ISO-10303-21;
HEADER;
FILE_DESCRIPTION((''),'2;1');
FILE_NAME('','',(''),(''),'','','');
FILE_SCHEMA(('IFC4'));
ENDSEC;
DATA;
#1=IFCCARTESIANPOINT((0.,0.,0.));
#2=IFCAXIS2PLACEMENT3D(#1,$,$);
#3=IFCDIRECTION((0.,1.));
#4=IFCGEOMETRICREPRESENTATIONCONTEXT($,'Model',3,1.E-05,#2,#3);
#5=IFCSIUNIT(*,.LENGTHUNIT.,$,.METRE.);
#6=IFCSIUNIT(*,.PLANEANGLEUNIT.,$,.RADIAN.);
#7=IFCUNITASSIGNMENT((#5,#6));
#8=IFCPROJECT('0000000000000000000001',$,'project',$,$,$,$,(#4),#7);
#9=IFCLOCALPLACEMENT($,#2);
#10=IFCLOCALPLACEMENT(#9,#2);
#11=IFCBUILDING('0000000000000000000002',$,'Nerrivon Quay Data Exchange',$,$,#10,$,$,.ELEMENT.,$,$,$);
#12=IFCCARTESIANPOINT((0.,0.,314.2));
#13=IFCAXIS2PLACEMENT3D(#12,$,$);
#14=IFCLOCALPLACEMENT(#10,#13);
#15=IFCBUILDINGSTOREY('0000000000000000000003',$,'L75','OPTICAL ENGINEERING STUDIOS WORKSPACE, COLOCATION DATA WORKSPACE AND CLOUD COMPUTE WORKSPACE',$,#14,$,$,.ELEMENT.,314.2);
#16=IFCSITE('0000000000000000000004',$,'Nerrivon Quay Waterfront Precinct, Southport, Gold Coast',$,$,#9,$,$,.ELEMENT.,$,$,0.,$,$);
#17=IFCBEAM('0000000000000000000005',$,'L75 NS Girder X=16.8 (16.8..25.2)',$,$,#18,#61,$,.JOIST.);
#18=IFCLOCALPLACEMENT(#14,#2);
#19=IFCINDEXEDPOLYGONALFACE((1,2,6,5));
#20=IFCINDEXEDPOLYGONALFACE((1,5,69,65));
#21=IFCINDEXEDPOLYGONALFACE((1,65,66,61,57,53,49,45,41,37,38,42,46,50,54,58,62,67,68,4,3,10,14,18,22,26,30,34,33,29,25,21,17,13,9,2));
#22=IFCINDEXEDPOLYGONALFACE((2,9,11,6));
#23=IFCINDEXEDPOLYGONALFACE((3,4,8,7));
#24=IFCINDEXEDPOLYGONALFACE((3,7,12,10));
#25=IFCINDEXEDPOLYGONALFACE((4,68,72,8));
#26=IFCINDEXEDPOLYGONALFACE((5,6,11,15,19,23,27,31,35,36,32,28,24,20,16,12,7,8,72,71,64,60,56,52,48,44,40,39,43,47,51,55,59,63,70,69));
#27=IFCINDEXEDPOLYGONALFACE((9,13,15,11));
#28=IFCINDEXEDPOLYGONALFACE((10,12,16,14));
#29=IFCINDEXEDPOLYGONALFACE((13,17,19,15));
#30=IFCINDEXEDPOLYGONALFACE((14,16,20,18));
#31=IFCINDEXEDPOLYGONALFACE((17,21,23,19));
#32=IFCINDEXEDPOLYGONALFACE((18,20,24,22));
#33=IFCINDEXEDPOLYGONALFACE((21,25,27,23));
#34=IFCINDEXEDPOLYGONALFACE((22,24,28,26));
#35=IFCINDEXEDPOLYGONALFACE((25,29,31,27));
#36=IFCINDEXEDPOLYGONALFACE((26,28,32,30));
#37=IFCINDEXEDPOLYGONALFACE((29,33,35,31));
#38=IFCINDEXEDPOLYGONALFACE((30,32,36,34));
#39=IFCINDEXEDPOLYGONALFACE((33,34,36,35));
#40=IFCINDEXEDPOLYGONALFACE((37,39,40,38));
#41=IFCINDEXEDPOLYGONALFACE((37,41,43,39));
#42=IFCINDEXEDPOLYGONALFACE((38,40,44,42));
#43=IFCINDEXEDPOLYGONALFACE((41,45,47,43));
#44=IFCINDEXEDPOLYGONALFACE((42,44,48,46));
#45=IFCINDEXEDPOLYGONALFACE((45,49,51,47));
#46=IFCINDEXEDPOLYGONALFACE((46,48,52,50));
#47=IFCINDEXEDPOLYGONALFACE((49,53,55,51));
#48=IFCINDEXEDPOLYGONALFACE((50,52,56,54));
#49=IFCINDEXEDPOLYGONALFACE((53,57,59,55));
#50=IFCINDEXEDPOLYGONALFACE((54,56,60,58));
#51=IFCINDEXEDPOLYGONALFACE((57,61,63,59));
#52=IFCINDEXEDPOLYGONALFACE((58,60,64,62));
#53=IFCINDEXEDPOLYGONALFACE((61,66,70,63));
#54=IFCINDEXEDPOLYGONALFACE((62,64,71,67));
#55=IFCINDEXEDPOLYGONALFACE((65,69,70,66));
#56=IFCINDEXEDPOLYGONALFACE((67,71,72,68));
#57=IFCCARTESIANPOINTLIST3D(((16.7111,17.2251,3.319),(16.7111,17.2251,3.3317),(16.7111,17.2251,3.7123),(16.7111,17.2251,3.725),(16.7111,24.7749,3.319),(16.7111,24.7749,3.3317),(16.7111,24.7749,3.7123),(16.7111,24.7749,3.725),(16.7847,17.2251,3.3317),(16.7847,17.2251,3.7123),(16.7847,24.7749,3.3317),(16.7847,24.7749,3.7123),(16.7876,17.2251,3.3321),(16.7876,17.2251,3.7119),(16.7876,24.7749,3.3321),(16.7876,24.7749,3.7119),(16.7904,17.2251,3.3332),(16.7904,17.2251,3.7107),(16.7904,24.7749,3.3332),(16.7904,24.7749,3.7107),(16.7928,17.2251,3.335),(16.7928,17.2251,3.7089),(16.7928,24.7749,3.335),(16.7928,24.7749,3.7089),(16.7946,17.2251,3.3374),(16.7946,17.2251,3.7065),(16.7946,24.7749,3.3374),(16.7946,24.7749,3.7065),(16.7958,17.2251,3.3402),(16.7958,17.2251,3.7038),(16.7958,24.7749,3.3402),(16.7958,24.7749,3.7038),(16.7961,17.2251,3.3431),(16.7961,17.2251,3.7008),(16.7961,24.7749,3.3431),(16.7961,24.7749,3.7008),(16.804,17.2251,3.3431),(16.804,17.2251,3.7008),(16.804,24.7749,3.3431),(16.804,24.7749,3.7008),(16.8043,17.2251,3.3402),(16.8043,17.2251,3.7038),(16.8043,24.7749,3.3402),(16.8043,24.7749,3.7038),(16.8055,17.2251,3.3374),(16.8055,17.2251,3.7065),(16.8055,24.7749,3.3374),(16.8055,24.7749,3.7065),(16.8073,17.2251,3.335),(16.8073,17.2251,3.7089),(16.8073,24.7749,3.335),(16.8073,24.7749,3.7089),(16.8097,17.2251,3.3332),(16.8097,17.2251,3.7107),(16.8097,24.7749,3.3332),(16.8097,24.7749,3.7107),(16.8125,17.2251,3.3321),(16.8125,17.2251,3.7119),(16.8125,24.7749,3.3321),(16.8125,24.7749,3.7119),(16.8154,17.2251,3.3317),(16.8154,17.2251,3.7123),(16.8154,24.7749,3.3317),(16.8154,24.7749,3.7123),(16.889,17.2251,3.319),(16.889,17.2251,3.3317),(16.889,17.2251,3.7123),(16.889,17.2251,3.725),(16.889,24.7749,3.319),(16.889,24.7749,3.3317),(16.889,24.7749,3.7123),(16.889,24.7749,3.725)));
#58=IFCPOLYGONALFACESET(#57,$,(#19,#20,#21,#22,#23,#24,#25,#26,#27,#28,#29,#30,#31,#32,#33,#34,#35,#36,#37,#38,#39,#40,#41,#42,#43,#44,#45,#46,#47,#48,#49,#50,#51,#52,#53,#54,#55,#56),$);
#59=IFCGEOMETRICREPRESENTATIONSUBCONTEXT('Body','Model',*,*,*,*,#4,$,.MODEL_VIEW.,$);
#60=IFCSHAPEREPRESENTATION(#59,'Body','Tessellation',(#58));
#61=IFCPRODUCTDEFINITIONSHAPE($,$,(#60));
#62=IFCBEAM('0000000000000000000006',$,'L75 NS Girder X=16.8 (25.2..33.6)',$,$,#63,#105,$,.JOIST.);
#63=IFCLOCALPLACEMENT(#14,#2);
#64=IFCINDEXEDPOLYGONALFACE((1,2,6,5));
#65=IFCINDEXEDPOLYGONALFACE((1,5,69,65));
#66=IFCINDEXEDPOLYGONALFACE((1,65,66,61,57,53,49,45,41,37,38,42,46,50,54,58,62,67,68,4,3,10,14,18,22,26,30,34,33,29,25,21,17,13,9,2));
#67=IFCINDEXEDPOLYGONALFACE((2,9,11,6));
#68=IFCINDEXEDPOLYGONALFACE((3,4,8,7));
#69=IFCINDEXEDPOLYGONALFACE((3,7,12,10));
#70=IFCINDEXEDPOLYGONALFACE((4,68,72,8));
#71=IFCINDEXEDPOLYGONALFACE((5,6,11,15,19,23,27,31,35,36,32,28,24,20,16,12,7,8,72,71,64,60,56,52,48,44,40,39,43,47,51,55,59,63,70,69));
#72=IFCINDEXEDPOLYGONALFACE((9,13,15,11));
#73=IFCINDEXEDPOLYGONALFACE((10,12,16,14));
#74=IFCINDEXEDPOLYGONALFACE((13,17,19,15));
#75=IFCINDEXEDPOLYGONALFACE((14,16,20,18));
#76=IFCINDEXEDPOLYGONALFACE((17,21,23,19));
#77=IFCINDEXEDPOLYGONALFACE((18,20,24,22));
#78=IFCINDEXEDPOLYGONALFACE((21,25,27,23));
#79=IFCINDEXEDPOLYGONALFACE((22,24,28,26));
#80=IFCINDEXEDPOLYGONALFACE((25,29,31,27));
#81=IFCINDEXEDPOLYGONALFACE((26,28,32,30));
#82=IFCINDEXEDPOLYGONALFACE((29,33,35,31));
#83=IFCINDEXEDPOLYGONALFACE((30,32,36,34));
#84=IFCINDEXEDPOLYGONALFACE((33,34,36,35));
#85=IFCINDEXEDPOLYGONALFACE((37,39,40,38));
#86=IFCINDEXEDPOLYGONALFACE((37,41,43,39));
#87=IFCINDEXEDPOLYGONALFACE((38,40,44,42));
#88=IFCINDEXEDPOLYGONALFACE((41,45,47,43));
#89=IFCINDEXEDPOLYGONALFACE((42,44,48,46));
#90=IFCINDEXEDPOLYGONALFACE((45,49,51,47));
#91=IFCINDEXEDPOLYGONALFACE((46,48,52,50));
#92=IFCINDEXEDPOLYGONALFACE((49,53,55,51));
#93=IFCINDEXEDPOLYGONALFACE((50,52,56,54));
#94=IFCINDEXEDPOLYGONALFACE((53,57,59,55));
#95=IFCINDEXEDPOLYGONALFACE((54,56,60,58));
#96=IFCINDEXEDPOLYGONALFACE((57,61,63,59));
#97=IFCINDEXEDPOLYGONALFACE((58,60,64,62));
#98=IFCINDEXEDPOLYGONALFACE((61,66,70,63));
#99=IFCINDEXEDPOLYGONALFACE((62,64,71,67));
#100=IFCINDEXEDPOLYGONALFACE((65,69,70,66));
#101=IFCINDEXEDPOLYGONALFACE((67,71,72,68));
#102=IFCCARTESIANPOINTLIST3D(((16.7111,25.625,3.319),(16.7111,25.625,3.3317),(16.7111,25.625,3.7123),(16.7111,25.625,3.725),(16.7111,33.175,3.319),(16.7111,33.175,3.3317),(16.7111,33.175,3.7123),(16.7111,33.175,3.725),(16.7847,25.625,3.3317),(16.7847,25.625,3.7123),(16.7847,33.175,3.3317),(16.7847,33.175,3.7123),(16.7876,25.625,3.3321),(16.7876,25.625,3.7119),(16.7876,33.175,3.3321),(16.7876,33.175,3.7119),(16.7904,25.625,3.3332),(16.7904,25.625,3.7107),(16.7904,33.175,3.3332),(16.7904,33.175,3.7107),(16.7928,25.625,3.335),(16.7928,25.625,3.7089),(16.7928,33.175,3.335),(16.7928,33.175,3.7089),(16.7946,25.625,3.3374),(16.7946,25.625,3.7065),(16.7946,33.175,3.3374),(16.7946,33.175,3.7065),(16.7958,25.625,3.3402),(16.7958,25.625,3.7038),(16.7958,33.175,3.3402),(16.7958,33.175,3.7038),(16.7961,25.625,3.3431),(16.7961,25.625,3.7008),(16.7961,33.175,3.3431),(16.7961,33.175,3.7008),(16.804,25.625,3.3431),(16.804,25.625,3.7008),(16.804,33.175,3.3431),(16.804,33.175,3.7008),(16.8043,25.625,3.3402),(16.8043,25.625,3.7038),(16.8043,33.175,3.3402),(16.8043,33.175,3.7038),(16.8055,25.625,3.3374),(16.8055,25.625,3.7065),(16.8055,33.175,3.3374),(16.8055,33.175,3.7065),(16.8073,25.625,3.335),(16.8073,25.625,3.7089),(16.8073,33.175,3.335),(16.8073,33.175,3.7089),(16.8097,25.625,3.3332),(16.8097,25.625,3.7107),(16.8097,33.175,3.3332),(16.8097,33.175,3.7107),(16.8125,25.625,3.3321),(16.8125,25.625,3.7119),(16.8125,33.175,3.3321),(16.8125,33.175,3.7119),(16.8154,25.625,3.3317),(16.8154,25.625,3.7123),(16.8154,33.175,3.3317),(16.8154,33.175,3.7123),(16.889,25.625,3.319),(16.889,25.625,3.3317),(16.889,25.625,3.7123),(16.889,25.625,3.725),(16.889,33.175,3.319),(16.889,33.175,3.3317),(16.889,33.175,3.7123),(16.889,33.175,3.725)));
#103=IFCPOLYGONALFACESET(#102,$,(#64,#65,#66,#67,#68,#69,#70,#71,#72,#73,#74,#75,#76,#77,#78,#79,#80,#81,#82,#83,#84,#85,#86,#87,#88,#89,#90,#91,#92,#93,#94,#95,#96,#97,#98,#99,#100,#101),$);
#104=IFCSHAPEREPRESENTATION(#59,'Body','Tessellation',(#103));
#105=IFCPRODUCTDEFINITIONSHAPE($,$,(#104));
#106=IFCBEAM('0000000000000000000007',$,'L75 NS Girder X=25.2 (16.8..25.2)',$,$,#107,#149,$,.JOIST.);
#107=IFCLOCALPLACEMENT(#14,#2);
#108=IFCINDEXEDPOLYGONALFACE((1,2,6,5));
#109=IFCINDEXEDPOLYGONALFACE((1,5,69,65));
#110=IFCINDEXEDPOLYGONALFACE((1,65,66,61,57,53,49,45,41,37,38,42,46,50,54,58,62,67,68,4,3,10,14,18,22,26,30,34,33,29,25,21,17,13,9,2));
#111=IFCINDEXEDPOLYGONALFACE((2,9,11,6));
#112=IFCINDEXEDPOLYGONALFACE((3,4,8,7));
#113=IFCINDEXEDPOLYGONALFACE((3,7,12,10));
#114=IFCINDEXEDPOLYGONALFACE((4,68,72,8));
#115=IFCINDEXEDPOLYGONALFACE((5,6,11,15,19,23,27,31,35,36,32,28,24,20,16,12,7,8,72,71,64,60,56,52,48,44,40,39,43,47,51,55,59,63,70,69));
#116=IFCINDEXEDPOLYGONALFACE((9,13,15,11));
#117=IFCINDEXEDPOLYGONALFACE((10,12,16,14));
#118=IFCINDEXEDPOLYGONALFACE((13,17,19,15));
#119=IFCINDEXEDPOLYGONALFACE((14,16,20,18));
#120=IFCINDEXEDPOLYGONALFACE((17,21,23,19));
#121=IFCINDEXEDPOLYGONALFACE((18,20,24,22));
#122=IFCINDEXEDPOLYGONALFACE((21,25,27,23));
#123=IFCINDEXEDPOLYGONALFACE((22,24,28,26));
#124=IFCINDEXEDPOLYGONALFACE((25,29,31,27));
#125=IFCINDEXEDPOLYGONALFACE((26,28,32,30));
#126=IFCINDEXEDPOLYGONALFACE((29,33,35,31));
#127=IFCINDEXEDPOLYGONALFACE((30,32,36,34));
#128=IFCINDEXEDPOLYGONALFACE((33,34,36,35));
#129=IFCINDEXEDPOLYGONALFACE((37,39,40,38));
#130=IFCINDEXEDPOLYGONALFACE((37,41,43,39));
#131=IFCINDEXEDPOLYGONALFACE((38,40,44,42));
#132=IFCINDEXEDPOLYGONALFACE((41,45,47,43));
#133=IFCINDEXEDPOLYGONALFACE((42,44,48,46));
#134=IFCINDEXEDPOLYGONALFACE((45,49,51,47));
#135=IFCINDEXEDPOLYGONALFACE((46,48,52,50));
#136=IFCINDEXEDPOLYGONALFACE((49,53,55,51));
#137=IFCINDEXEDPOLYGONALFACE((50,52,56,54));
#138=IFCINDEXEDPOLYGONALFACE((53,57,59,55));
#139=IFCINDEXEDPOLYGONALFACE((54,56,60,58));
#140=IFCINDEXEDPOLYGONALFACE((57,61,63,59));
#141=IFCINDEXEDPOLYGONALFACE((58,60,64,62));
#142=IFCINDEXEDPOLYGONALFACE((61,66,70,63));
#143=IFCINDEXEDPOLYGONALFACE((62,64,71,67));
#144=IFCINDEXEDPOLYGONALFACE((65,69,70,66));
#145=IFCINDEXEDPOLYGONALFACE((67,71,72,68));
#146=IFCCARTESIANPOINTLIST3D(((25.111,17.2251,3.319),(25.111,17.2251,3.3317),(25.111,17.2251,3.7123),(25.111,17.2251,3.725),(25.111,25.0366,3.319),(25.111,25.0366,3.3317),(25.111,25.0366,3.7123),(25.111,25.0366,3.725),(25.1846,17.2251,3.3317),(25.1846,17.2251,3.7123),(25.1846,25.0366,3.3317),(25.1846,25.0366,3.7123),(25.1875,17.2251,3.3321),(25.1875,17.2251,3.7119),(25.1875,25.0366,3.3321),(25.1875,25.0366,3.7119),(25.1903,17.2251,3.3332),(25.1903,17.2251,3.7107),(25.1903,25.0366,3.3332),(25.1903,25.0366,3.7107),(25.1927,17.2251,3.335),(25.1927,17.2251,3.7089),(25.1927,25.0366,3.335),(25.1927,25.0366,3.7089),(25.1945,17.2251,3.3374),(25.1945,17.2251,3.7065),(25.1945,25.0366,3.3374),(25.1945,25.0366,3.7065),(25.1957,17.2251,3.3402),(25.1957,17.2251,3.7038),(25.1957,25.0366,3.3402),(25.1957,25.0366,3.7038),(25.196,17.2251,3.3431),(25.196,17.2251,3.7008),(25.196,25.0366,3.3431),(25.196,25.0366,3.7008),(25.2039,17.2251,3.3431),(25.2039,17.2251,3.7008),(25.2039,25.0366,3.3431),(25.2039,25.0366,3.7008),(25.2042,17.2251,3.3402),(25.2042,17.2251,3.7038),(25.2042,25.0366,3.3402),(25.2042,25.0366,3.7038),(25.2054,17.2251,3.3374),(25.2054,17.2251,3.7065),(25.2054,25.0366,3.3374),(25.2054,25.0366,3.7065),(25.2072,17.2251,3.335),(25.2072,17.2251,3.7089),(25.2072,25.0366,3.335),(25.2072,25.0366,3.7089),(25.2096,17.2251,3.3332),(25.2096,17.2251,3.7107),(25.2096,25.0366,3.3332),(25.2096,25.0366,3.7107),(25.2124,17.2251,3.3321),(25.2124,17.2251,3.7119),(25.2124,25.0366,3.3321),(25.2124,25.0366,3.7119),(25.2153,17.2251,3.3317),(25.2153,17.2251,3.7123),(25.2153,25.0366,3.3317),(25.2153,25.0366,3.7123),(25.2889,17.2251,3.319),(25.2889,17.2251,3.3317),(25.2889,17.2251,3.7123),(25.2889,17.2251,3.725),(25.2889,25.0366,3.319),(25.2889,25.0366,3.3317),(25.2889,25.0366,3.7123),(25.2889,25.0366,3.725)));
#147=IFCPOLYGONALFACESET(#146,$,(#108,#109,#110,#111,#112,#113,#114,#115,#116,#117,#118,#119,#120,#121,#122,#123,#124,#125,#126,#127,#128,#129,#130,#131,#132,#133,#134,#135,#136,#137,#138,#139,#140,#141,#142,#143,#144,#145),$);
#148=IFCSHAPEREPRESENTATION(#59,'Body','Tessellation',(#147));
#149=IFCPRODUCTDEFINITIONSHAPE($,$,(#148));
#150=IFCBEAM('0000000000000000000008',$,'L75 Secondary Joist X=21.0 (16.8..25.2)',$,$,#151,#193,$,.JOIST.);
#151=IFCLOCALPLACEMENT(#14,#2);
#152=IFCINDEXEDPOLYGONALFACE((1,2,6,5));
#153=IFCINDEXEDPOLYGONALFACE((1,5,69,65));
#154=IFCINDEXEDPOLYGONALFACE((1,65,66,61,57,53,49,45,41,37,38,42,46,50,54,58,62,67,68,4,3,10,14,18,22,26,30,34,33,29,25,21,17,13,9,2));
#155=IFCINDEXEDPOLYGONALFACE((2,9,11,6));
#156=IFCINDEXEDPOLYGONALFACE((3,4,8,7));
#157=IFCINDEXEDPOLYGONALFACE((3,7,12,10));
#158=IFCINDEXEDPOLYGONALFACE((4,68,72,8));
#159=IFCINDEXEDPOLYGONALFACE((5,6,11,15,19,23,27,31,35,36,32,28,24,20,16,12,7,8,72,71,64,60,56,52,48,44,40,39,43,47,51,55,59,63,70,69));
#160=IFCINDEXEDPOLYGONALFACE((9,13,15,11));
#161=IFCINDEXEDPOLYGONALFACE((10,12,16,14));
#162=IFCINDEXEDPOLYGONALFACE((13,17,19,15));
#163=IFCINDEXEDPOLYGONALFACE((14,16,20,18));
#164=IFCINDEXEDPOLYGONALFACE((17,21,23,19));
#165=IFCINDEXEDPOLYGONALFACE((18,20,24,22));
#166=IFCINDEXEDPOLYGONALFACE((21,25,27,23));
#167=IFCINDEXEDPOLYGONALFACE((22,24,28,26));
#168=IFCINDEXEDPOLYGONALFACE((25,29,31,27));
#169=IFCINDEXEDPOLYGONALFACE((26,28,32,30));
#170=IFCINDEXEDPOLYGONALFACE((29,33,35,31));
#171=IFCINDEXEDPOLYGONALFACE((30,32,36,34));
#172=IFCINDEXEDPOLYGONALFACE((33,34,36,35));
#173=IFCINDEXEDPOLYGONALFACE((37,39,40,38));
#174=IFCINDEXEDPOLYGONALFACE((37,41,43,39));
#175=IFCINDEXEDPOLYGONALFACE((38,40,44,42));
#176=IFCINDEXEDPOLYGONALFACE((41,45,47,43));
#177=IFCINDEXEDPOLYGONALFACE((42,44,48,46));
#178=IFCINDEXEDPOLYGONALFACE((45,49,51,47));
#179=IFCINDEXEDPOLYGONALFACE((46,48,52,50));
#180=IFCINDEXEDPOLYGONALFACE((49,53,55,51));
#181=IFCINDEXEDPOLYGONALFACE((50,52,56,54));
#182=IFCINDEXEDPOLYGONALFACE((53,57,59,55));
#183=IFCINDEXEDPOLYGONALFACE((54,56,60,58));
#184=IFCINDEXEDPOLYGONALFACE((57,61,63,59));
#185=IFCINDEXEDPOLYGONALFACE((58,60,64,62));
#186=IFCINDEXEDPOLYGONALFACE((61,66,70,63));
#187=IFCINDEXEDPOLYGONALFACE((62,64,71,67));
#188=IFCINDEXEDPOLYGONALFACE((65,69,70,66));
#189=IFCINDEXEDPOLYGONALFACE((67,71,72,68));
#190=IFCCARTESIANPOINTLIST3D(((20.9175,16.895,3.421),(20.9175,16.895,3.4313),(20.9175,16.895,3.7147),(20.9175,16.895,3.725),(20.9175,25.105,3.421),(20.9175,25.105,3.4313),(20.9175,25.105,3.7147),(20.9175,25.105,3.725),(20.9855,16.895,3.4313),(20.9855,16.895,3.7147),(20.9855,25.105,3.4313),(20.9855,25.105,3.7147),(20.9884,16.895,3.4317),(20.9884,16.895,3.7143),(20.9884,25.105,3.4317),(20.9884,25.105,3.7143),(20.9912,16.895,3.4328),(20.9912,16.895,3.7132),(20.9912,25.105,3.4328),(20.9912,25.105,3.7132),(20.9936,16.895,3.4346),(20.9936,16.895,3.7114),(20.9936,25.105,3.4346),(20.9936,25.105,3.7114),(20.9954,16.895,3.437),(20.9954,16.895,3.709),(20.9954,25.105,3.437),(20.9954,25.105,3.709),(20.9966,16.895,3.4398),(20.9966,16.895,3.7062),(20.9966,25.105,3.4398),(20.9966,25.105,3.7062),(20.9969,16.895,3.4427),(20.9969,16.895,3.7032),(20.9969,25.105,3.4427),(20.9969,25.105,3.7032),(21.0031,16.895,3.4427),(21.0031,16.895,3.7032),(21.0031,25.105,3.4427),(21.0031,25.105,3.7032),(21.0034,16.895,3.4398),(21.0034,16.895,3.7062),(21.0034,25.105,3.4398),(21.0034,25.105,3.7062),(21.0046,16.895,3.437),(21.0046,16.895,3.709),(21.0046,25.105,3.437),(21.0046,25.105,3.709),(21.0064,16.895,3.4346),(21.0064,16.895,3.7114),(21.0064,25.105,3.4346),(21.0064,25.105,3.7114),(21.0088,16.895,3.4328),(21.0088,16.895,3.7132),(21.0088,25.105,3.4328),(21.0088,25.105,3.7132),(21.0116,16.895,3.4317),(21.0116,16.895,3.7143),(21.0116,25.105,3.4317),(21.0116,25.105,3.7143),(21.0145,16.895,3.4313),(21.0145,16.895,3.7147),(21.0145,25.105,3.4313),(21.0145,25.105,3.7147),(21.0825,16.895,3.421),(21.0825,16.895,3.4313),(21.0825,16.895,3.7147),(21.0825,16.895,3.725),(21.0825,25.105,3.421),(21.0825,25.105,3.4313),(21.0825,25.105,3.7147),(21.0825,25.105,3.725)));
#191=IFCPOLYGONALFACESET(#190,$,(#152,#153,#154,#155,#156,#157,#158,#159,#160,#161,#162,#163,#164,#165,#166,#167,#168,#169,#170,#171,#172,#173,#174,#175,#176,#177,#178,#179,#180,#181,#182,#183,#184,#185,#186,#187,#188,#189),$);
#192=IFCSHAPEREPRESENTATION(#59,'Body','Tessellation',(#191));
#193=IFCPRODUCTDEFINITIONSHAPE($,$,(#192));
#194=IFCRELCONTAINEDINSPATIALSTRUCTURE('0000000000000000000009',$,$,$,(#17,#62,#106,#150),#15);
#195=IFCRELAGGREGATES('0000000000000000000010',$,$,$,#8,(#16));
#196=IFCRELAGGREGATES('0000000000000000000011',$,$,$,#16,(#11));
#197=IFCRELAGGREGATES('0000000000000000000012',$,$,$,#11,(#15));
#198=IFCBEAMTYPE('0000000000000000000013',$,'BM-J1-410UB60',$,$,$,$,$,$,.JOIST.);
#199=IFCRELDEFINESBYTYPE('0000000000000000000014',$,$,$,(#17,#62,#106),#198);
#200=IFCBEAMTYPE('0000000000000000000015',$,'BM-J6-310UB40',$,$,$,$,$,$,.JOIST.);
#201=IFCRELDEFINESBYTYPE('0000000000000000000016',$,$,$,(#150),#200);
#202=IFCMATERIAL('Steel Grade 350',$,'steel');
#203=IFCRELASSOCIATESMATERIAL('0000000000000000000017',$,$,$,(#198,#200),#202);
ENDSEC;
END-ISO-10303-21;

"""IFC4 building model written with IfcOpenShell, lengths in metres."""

from ifc_helpers import new_model, si_unit, direction, frame, origin, origin_2d, place, context, subcontext, project, spatial, i_section, extrude, material, material_profile, profile_set, type_object, element, save


model = new_model("IFC4")

# Units and contexts
model_context = context("Model", 3, precision=1e-05, world=origin(), true_north=direction((0.0, 1.0)))
body_context = subcontext(model_context, "Body", "Model", "MODEL_VIEW")
ifc_project = project(units=[si_unit("LENGTHUNIT", "METRE"), si_unit("PLANEANGLEUNIT", "RADIAN")], contexts=[model_context])

# Site, building, storey
site_placement = place(None, origin())
site = spatial("IfcSite", under=ifc_project, at=site_placement, Name="Nerrivon Quay Waterfront Precinct, Southport, Gold Coast", CompositionType="ELEMENT", RefElevation=0.0)
building_placement = place(site_placement, origin())
building = spatial("IfcBuilding", under=site, at=building_placement, Name="Nerrivon Quay Data Exchange", CompositionType="ELEMENT")
storey_placement = place(building_placement, frame((0.0, 0.0, 314.2)))
storey = spatial("IfcBuildingStorey", under=building, at=storey_placement, Name="L75", Description="OPTICAL ENGINEERING STUDIOS WORKSPACE, COLOCATION DATA WORKSPACE AND CLOUD COMPUTE WORKSPACE", CompositionType="ELEMENT", Elevation=314.2)

# Shared definitions
ifc_material_1 = material(Name="Steel Grade 350", Category="steel")

# Beams
ifc_material_profile_1 = material_profile(ifc_material_1, i_section(OverallWidth=0.178, OverallDepth=0.406, WebThickness=0.0078, FlangeThickness=0.0127, FilletRadius=0.0115, at=origin_2d()), Name="410UB59.7")
ifc_profile_set_1 = profile_set([ifc_material_profile_1], Name="Steel Grade 350")
beam_type_1 = type_object("IfcBeamType", Name="BM-J1-410UB60", PredefinedType="JOIST", material=ifc_profile_set_1)
beam_1_placement = place(storey_placement, frame((16.8, 17.2251, 3.522), z_axis=(0.0, 1.0, 0.0), x_axis=(-1.0, 0.0, 0.0)))
element("IfcBeam", 1, at=beam_1_placement, inside=storey, type_object=beam_type_1, Name="L75 NS Girder X=16.8 (16.8..25.2)", PredefinedType="JOIST", context=body_context, shape_type="SweptSolid", body=[
    extrude(i_section(OverallWidth=0.178, OverallDepth=0.406, WebThickness=0.0078, FlangeThickness=0.0127, FilletRadius=0.0115, at=origin_2d()), origin(), (0.0, 0.0, 1.0), 7.5498),
])
beam_2_placement = place(storey_placement, frame((16.8, 25.625, 3.522), z_axis=(0.0, 1.0, 0.0), x_axis=(-1.0, 0.0, 0.0)))
element("IfcBeam", 2, at=beam_2_placement, inside=storey, type_object=beam_type_1, Name="L75 NS Girder X=16.8 (25.2..33.6)", PredefinedType="JOIST", context=body_context, shape_type="SweptSolid", body=[
    extrude(i_section(OverallWidth=0.178, OverallDepth=0.406, WebThickness=0.0078, FlangeThickness=0.0127, FilletRadius=0.0115, at=origin_2d()), origin(), (0.0, 0.0, 1.0), 7.55),
])
beam_3_placement = place(storey_placement, frame((25.2, 17.2251, 3.522), z_axis=(0.0, 1.0, 0.0), x_axis=(-1.0, 0.0, 0.0)))
element("IfcBeam", 3, at=beam_3_placement, inside=storey, type_object=beam_type_1, Name="L75 NS Girder X=25.2 (16.8..25.2)", PredefinedType="JOIST", context=body_context, shape_type="SweptSolid", body=[
    extrude(i_section(OverallWidth=0.178, OverallDepth=0.406, WebThickness=0.0078, FlangeThickness=0.0127, FilletRadius=0.0115, at=origin_2d()), origin(), (0.0, 0.0, 1.0), 7.8115),
])
ifc_material_profile_2 = material_profile(ifc_material_1, i_section(OverallWidth=0.165, OverallDepth=0.304, WebThickness=0.0061, FlangeThickness=0.0103, FilletRadius=0.0115, at=origin_2d()), Name="310UB40.4")
ifc_profile_set_2 = profile_set([ifc_material_profile_2], Name="Steel Grade 350")
beam_type_2 = type_object("IfcBeamType", Name="BM-J6-310UB40", PredefinedType="JOIST", material=ifc_profile_set_2)
for number, where, z_axis, x_axis, name in (
    (4, (21.0, 16.895, 3.573), (0.0, 1.0, 0.0), (-1.0, 0.0, 0.0), "L75 Secondary Joist X=21.0 (16.8..25.2)"),
):
    element("IfcBeam", number, at=place(storey_placement, frame(where, z_axis=z_axis, x_axis=x_axis)), inside=storey, type_object=beam_type_2, Name=name, PredefinedType="JOIST", context=body_context, shape_type="SweptSolid", body=[
        extrude(i_section(OverallWidth=0.165, OverallDepth=0.304, WebThickness=0.0061, FlangeThickness=0.0103, FilletRadius=0.0115, at=origin_2d()), origin(), (0.0, 0.0, 1.0), 8.21),
    ])

save(model, "model.ifc")
